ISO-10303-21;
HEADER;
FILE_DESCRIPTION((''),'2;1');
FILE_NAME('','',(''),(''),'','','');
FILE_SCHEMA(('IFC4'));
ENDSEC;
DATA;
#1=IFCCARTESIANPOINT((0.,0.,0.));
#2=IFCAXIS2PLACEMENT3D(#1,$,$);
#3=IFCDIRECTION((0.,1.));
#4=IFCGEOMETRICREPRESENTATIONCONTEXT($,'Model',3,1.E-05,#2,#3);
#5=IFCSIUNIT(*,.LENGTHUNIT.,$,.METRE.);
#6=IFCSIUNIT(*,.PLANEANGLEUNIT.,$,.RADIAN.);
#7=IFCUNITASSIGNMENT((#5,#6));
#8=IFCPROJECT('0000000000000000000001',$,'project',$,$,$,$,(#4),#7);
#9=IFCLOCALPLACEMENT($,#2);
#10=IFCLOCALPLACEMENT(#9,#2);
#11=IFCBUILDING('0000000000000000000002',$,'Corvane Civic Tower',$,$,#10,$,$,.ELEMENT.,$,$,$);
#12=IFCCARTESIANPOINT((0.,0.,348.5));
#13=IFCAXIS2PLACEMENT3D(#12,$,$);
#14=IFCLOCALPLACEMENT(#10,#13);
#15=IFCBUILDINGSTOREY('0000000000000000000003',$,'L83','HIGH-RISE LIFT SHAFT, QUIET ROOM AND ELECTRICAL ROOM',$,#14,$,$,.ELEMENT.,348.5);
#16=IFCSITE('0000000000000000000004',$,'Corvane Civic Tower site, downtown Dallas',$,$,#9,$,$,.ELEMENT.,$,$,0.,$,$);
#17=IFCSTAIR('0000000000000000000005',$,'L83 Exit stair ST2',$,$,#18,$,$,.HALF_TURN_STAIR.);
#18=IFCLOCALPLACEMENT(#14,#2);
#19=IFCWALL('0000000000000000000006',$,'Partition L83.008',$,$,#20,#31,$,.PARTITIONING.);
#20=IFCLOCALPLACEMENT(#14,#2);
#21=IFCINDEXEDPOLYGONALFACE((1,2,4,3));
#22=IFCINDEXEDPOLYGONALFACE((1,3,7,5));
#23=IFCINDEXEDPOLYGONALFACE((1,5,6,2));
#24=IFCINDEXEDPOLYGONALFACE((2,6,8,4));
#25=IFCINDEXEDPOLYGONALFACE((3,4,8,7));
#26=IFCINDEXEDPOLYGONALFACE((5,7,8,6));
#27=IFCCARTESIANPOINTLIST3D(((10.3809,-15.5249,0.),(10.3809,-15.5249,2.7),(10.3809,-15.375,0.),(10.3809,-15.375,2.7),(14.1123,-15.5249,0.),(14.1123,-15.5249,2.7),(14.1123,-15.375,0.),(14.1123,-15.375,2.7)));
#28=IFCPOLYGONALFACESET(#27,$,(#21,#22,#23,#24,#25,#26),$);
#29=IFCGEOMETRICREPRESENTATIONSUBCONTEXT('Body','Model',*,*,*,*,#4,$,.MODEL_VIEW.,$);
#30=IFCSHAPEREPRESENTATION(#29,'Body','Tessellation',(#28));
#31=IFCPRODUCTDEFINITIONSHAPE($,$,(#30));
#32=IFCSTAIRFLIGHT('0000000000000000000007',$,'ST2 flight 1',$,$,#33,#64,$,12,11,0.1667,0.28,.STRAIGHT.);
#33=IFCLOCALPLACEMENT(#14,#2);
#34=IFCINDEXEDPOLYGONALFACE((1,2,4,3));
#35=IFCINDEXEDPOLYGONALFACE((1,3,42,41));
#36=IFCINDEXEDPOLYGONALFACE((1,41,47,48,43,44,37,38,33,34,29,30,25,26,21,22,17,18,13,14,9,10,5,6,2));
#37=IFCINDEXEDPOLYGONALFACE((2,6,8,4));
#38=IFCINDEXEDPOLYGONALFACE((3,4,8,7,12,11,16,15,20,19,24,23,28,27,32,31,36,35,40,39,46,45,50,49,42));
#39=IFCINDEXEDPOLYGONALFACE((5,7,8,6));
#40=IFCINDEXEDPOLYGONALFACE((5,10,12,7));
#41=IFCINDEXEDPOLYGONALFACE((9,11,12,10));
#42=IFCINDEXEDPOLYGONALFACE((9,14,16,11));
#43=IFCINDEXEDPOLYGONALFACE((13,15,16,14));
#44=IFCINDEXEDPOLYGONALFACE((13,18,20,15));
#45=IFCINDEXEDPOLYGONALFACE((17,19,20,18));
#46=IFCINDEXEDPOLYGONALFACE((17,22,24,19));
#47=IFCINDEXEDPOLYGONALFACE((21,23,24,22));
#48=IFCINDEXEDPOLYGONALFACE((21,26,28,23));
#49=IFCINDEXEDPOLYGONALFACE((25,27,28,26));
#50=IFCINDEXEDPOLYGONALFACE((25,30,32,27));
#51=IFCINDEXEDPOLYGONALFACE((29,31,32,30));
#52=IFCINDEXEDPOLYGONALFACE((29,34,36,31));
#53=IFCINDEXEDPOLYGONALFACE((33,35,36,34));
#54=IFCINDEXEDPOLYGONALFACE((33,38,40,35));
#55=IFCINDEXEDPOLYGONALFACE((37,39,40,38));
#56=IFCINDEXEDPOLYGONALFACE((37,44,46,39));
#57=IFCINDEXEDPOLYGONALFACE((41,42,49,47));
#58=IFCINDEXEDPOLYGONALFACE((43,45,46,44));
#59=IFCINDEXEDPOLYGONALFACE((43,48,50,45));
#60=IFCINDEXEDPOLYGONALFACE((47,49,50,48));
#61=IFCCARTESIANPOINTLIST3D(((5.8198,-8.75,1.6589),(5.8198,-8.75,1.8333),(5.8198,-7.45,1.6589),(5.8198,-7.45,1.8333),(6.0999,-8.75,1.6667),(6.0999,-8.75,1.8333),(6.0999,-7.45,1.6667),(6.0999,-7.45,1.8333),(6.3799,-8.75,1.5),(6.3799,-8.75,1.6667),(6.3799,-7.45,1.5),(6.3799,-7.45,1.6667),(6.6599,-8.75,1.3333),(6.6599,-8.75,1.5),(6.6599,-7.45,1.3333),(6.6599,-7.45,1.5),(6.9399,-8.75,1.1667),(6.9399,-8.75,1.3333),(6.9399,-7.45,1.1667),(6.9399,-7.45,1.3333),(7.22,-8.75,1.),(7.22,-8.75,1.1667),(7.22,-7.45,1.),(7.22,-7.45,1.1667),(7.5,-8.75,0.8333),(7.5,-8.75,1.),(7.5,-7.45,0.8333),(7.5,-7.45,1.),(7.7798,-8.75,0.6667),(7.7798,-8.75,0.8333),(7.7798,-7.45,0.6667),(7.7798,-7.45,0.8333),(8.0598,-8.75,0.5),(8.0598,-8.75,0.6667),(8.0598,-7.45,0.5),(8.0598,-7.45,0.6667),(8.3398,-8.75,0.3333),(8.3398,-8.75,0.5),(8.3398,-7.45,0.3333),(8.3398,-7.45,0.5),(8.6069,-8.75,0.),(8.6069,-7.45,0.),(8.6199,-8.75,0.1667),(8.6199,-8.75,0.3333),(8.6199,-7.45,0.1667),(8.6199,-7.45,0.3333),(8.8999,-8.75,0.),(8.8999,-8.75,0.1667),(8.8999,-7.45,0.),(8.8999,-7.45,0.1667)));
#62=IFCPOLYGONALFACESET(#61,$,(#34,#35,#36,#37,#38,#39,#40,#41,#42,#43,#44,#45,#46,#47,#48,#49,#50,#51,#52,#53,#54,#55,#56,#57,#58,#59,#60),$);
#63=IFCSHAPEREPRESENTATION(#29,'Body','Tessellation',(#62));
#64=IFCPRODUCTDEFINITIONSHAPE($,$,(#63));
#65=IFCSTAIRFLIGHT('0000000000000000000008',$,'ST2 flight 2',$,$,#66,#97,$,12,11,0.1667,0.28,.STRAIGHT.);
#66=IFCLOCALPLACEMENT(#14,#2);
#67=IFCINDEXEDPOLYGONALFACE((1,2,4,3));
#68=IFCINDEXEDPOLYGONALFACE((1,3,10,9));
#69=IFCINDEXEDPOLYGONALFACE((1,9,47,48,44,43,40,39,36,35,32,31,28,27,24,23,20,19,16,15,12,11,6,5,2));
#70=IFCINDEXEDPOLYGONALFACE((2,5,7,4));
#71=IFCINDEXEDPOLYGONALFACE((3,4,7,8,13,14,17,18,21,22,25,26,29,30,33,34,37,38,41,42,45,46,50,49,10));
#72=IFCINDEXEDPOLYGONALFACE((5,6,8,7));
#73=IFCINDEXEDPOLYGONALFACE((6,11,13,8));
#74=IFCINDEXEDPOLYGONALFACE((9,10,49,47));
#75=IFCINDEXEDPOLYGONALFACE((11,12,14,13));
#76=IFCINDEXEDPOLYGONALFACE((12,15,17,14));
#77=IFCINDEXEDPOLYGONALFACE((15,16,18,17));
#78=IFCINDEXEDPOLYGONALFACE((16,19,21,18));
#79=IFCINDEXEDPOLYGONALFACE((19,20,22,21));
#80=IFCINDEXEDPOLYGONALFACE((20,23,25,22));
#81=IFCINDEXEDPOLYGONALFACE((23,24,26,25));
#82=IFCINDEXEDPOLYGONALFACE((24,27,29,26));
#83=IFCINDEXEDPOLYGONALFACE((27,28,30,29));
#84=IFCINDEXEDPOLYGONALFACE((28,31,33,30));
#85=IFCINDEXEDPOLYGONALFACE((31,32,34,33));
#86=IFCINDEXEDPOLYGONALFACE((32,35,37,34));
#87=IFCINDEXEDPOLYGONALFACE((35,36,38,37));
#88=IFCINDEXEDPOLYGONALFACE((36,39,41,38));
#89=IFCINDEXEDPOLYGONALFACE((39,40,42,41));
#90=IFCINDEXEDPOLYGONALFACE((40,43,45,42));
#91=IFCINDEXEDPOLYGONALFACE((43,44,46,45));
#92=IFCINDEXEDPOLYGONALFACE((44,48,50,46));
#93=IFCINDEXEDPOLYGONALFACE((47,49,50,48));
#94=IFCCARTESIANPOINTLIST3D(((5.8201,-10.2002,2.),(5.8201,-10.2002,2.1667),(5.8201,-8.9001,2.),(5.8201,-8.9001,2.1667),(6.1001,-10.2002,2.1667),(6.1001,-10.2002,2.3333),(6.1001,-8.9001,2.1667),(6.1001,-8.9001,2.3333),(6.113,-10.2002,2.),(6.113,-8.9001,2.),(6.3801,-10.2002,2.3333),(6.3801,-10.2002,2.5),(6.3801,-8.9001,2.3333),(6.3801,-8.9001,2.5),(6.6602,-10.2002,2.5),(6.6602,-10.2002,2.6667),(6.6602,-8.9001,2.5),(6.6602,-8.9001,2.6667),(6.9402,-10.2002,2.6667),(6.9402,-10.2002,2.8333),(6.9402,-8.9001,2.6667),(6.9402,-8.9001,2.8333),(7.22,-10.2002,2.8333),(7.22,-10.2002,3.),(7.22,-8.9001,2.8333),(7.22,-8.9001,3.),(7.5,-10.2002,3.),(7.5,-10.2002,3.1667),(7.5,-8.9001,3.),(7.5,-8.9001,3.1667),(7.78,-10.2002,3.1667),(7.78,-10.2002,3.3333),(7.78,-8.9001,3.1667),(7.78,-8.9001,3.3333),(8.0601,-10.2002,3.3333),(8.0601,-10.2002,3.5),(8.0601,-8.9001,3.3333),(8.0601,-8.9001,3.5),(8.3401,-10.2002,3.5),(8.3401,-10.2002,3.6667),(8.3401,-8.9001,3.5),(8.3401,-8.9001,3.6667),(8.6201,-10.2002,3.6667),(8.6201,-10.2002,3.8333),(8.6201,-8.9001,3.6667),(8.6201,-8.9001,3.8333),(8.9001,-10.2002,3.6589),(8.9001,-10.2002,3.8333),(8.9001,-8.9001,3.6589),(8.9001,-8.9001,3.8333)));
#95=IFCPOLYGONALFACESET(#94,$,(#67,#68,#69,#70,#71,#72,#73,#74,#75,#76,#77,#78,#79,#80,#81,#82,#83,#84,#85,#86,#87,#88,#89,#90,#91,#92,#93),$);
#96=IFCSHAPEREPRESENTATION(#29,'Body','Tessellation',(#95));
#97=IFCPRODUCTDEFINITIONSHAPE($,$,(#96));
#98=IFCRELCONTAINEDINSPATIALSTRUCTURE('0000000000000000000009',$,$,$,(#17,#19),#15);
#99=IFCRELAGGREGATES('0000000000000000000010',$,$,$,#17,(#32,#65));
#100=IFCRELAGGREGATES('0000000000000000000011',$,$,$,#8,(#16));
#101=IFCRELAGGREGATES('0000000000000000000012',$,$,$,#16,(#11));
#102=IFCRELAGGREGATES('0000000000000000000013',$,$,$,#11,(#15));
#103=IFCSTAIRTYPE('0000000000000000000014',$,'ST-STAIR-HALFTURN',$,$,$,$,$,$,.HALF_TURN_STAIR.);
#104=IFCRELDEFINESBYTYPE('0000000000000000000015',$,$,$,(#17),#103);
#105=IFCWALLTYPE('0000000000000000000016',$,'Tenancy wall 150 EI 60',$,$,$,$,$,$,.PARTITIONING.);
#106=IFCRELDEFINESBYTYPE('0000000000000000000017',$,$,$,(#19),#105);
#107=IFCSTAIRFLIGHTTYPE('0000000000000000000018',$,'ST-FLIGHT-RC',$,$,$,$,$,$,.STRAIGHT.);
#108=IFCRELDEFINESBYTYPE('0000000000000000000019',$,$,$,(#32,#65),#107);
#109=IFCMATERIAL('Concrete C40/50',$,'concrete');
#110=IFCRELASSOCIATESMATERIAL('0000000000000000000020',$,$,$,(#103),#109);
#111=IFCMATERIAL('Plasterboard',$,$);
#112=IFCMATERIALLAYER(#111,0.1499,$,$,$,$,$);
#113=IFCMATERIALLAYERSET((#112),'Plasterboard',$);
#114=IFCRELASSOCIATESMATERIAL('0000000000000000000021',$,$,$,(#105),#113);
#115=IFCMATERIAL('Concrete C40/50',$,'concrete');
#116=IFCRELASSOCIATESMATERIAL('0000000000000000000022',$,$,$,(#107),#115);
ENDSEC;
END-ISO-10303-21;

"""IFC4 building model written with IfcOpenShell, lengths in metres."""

from ifc_helpers import new_model, si_unit, direction, frame, frame_2d, origin, place, context, subcontext, project, spatial, polyline, rectangle, outline, extrude, material, layer, layer_set, type_object, element, aggregate, save


model = new_model("IFC4")

# Units and contexts
model_context = context("Model", 3, precision=1e-05, world=origin(), true_north=direction((0.0, 1.0)))
body_context = subcontext(model_context, "Body", "Model", "MODEL_VIEW")
ifc_project = project(units=[si_unit("LENGTHUNIT", "METRE"), si_unit("PLANEANGLEUNIT", "RADIAN")], contexts=[model_context])

# Site, building, storey
site_placement = place(None, origin())
site = spatial("IfcSite", under=ifc_project, at=site_placement, Name="Corvane Civic Tower site, downtown Dallas", CompositionType="ELEMENT", RefElevation=0.0)
building_placement = place(site_placement, origin())
building = spatial("IfcBuilding", under=site, at=building_placement, Name="Corvane Civic Tower", CompositionType="ELEMENT")
storey_placement = place(building_placement, frame((0.0, 0.0, 348.5)))
storey = spatial("IfcBuildingStorey", under=building, at=storey_placement, Name="L83", Description="HIGH-RISE LIFT SHAFT, QUIET ROOM AND ELECTRICAL ROOM", CompositionType="ELEMENT", Elevation=348.5)

# Stair
ifc_material_1 = material(Name="Concrete C40/50", Category="concrete")
stair_type = type_object("IfcStairType", Name="ST-STAIR-HALFTURN", PredefinedType="HALF_TURN_STAIR", material=ifc_material_1)
stair_1_placement = place(storey_placement, origin())
stair_1 = element("IfcStair", 1, at=stair_1_placement, inside=storey, type_object=stair_type, Name="L83 Exit stair ST2", PredefinedType="HALF_TURN_STAIR")

# Wall
ifc_material_2 = material(Name="Plasterboard")
ifc_layer_1 = layer(ifc_material_2, 0.1499)
ifc_layer_set_1 = layer_set([ifc_layer_1], Name="Plasterboard")
wall_type_1 = type_object("IfcWallType", Name="Tenancy wall 150 EI 60", PredefinedType="PARTITIONING", material=ifc_layer_set_1)
wall_1_placement = place(storey_placement, frame((10.3809, -15.45, 0.0), z_axis=(0.0, 0.0, 1.0), x_axis=(1.0, 0.0, 0.0)))
element("IfcWall", 2, at=wall_1_placement, inside=storey, type_object=wall_type_1, Name="Partition L83.008", PredefinedType="PARTITIONING", context=body_context, shape_type="SweptSolid", body=[
    extrude(rectangle(XDim=3.7314, YDim=0.1499, at=frame_2d((1.8657, 0.0))), origin(), (0.0, 0.0, 1.0), 2.7),
])

# Stair flights
ifc_material_3 = material(Name="Concrete C40/50", Category="concrete")
stair_flight_type = type_object("IfcStairFlightType", Name="ST-FLIGHT-RC", PredefinedType="STRAIGHT", material=ifc_material_3)
stair_flight_1_placement = place(storey_placement, frame((8.8999, -8.1001, 0.0), z_axis=(0.0, 0.0, 1.0), x_axis=(-1.0, 0.0, 0.0)))
stair_flight_1 = element("IfcStairFlight", 3, at=stair_flight_1_placement, type_object=stair_flight_type, Name="ST2 flight 1", NumberOfRisers=12, NumberOfTreads=11, PredefinedType="STRAIGHT", RiserHeight=0.1667, TreadLength=0.28, context=body_context, shape_type="SweptSolid", body=[
    extrude(outline(polyline([(0.0, 0.0), (0.0, 0.1667), (0.28, 0.1667), (0.28, 0.3333), (0.5601, 0.3333), (0.5601, 0.5), (0.8401, 0.5), (0.8401, 0.6667), (1.1201, 0.6667), (1.1201, 0.8333), (1.3999, 0.8333), (1.3999, 1.0), (1.6799, 1.0), (1.6799, 1.1667), (1.96, 1.1667), (1.96, 1.3333), (2.24, 1.3333), (2.24, 1.5), (2.52, 1.5), (2.52, 1.6667), (2.8, 1.6667), (2.8, 1.8333), (3.0801, 1.8333), (3.0801, 2.0), (3.0801, 1.6589), (0.293, 0.0), (0.0, 0.0)])), frame((0.0, 0.6499, 0.0), z_axis=(0.0, -1.0, 0.0), x_axis=(1.0, 0.0, 0.0)), (0.0, 0.0, 1.0), 1.3),
])
stair_flight_2_placement = place(storey_placement, frame((5.8201, -9.55, 2.0), z_axis=(0.0, 0.0, 1.0), x_axis=(1.0, 0.0, 0.0)))
stair_flight_2 = element("IfcStairFlight", 4, at=stair_flight_2_placement, type_object=stair_flight_type, Name="ST2 flight 2", NumberOfRisers=12, NumberOfTreads=11, PredefinedType="STRAIGHT", RiserHeight=0.1667, TreadLength=0.28, context=body_context, shape_type="SweptSolid", body=[
    extrude(outline(polyline([(0.0, 0.0), (0.0, 0.1667), (0.28, 0.1667), (0.28, 0.3333), (0.5601, 0.3333), (0.5601, 0.5), (0.8401, 0.5), (0.8401, 0.6667), (1.1201, 0.6667), (1.1201, 0.8333), (1.3999, 0.8333), (1.3999, 1.0), (1.6799, 1.0), (1.6799, 1.1667), (1.96, 1.1667), (1.96, 1.3333), (2.24, 1.3333), (2.24, 1.5), (2.52, 1.5), (2.52, 1.6667), (2.8, 1.6667), (2.8, 1.8333), (3.0801, 1.8333), (3.0801, 2.0), (3.0801, 1.6589), (0.293, 0.0), (0.0, 0.0)])), frame((0.0, 0.6499, 0.0), z_axis=(0.0, -1.0, 0.0), x_axis=(1.0, 0.0, 0.0)), (0.0, 0.0, 1.0), 1.3),
])
aggregate(stair_1, [stair_flight_1, stair_flight_2])

save(model, "model.ifc")
